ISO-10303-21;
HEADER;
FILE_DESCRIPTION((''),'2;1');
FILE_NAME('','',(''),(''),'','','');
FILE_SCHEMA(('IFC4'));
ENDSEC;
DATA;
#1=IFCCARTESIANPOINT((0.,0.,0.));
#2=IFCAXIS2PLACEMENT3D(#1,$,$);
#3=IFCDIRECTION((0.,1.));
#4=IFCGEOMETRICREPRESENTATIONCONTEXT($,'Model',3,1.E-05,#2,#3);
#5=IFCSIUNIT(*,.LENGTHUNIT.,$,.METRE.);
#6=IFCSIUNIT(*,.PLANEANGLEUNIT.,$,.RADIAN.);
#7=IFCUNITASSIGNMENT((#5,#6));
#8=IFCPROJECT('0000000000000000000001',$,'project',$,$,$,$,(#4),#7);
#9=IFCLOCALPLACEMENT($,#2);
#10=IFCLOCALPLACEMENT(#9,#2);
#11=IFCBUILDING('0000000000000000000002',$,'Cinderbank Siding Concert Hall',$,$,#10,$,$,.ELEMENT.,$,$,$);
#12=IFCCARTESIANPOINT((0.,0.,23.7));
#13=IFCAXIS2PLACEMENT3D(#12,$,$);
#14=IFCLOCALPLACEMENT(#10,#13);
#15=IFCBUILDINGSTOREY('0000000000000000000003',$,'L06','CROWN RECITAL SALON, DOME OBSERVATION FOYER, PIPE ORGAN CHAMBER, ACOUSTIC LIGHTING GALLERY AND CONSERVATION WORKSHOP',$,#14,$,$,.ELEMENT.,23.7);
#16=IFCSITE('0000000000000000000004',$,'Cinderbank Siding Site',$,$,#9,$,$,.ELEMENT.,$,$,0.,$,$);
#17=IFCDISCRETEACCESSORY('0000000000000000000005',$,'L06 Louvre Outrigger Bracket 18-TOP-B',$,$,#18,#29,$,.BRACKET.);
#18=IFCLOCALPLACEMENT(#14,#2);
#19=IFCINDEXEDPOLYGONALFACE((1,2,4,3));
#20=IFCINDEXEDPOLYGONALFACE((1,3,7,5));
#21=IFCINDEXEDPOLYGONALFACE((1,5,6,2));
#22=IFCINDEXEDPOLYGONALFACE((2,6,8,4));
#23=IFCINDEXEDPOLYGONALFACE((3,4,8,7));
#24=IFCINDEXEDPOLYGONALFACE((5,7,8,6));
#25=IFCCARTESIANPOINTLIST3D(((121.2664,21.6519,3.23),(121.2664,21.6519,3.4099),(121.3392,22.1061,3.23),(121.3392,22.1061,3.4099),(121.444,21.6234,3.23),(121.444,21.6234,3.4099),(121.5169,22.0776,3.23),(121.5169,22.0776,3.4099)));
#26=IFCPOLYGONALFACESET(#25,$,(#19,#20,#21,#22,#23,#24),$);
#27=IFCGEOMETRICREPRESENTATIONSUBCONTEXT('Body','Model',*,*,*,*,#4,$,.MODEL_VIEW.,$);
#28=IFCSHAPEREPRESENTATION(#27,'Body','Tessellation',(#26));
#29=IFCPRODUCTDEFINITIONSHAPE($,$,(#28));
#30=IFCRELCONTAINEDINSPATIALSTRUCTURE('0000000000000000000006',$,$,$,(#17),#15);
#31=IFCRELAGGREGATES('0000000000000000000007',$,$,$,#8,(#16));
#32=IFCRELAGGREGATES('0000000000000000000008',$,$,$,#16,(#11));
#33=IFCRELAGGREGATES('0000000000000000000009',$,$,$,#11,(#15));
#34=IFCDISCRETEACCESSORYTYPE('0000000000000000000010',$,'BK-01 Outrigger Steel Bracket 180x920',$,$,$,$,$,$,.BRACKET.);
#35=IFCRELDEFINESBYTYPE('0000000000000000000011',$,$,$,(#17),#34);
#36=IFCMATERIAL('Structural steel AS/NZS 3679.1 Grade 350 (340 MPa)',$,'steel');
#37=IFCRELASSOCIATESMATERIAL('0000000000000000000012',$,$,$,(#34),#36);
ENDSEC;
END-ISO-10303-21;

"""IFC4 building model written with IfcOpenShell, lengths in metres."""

from ifc_helpers import new_model, si_unit, direction, frame, origin, origin_2d, place, context, subcontext, project, spatial, rectangle, extrude, material, type_object, element, save


model = new_model("IFC4")

# Units and contexts
model_context = context("Model", 3, precision=1e-05, world=origin(), true_north=direction((0.0, 1.0)))
body_context = subcontext(model_context, "Body", "Model", "MODEL_VIEW")
ifc_project = project(units=[si_unit("LENGTHUNIT", "METRE"), si_unit("PLANEANGLEUNIT", "RADIAN")], contexts=[model_context])

# Site, building, storey
site_placement = place(None, origin())
site = spatial("IfcSite", under=ifc_project, at=site_placement, Name="Cinderbank Siding Site", CompositionType="ELEMENT", RefElevation=0.0)
building_placement = place(site_placement, origin())
building = spatial("IfcBuilding", under=site, at=building_placement, Name="Cinderbank Siding Concert Hall", CompositionType="ELEMENT")
storey_placement = place(building_placement, frame((0.0, 0.0, 23.7)))
storey = spatial("IfcBuildingStorey", under=building, at=storey_placement, Name="L06", Description="CROWN RECITAL SALON, DOME OBSERVATION FOYER, PIPE ORGAN CHAMBER, ACOUSTIC LIGHTING GALLERY AND CONSERVATION WORKSHOP", CompositionType="ELEMENT", Elevation=23.7)

# Shared definitions
ifc_material_1 = material(Name="Structural steel AS/NZS 3679.1 Grade 350 (340 MPa)", Category="steel")

# Discrete accessory
discrete_accessory_type = type_object("IfcDiscreteAccessoryType", Name="BK-01 Outrigger Steel Bracket 180x920", PredefinedType="BRACKET", material=ifc_material_1)
for number, where, z_axis, x_axis, name in (
    (1, (121.3916, 21.8647, 3.23), (0.0, 0.0, 1.0), (-0.158354, -0.987382, 0.0), "L06 Louvre Outrigger Bracket 18-TOP-B"),
):
    element("IfcDiscreteAccessory", number, at=place(storey_placement, frame(where, z_axis=z_axis, x_axis=x_axis)), inside=storey, type_object=discrete_accessory_type, Name=name, PredefinedType="BRACKET", context=body_context, shape_type="SweptSolid", body=[
        extrude(rectangle(XDim=0.46, YDim=0.1799, at=origin_2d()), origin(), (0.0, 0.0, 1.0), 0.1799),
    ])

save(model, "model.ifc")
